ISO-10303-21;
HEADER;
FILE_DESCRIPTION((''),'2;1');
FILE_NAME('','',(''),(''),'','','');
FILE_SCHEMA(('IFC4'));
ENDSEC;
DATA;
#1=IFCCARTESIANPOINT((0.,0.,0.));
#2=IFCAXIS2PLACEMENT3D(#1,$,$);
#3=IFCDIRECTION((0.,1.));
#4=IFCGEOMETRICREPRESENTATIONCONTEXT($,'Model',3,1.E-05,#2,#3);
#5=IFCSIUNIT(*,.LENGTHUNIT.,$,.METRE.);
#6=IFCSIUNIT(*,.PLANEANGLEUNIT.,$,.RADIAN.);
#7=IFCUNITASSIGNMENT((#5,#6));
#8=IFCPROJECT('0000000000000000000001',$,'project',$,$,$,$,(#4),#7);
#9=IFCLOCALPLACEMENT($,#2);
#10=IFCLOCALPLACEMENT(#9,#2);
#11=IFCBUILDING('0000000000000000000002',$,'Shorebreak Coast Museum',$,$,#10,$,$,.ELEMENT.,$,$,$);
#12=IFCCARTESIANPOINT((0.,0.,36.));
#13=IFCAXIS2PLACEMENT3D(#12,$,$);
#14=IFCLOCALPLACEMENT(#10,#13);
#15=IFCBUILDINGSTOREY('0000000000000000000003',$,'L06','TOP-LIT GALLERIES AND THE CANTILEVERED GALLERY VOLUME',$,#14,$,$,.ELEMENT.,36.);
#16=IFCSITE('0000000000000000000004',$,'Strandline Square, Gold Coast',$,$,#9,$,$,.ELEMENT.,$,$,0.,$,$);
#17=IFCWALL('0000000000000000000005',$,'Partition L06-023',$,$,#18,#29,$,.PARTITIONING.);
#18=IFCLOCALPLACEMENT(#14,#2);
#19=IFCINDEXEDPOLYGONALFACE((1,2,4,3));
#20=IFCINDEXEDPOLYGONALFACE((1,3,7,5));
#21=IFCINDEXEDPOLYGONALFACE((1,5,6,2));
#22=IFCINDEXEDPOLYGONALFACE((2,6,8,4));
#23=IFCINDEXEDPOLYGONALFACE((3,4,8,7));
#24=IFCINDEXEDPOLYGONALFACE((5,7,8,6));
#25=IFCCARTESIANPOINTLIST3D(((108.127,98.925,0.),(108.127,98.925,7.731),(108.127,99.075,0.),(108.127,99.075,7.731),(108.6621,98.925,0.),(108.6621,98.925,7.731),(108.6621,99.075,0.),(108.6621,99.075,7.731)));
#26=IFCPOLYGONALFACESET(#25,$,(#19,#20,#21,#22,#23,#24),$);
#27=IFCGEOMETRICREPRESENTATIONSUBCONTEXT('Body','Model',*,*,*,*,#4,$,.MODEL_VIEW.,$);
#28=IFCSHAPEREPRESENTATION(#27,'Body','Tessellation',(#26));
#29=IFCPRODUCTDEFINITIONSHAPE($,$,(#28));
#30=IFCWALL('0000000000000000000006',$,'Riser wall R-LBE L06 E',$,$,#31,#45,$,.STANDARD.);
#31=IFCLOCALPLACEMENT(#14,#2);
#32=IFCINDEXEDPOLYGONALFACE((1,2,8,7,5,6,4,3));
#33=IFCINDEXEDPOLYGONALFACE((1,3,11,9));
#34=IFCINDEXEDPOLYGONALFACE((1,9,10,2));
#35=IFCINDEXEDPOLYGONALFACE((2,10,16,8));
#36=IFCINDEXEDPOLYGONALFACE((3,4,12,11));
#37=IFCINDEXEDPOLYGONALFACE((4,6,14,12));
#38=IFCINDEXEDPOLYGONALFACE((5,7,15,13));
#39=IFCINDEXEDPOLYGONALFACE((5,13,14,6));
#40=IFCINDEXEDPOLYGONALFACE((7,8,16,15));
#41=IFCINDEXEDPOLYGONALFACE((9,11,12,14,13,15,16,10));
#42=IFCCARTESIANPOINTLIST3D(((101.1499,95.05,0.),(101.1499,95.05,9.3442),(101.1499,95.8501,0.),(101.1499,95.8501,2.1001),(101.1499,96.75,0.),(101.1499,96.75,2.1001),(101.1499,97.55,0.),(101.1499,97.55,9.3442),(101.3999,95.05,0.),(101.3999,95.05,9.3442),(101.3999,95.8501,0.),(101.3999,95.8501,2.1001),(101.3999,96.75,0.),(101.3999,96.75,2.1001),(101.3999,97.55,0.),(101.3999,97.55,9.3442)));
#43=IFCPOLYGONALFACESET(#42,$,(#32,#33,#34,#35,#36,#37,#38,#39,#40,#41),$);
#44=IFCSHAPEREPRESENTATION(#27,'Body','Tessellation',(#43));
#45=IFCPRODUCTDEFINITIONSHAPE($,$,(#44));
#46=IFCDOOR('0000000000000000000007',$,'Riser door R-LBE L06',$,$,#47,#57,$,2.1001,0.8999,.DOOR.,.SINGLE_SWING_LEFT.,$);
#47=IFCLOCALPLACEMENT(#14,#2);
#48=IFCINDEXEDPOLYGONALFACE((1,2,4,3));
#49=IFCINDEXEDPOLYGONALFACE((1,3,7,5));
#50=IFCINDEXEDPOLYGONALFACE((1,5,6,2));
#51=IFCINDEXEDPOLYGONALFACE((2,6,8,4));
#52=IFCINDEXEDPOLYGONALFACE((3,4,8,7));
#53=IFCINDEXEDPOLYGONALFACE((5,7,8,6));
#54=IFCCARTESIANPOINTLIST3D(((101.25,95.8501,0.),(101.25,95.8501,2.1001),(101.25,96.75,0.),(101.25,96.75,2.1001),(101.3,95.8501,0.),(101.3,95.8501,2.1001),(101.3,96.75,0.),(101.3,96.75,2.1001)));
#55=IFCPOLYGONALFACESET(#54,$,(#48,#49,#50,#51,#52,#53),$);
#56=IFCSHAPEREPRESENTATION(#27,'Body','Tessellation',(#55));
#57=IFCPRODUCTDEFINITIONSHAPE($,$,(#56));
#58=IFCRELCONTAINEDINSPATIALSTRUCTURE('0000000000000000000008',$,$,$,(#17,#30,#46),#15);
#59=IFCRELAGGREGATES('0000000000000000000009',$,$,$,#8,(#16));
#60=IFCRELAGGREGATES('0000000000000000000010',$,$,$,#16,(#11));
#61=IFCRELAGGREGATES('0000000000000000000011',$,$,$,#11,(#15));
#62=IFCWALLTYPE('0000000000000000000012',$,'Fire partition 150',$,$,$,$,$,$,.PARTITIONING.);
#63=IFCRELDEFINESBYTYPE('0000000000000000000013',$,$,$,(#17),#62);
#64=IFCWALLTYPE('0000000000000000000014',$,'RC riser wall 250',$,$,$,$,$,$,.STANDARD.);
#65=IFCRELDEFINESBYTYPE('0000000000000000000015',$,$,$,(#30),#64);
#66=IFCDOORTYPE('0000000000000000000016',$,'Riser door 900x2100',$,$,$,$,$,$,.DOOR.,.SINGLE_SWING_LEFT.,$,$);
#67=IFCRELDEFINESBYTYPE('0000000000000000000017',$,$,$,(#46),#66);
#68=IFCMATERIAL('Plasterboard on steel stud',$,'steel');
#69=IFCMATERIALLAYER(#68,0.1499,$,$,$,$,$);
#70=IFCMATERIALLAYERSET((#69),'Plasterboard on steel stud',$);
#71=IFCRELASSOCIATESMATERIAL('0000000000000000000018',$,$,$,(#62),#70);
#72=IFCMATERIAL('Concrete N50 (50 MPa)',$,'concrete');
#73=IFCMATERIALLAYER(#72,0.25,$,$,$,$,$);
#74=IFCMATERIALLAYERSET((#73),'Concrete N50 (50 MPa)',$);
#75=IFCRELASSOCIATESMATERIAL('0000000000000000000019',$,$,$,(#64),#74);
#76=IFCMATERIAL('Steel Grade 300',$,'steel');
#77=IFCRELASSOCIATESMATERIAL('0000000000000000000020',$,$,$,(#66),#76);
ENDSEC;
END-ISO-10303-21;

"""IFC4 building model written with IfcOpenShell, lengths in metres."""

from ifc_helpers import new_model, si_unit, direction, frame, frame_2d, origin, place, context, subcontext, project, spatial, rectangle, extrude, material, layer, layer_set, type_object, element, fill, save


model = new_model("IFC4")

# Units and contexts
model_context = context("Model", 3, precision=1e-05, world=origin(), true_north=direction((0.0, 1.0)))
body_context = subcontext(model_context, "Body", "Model", "MODEL_VIEW")
ifc_project = project(units=[si_unit("LENGTHUNIT", "METRE"), si_unit("PLANEANGLEUNIT", "RADIAN")], contexts=[model_context])

# Site, building, storey
site_placement = place(None, origin())
site = spatial("IfcSite", under=ifc_project, at=site_placement, Name="Strandline Square, Gold Coast", CompositionType="ELEMENT", RefElevation=0.0)
building_placement = place(site_placement, origin())
building = spatial("IfcBuilding", under=site, at=building_placement, Name="Shorebreak Coast Museum", CompositionType="ELEMENT")
storey_placement = place(building_placement, frame((0.0, 0.0, 36.0)))
storey = spatial("IfcBuildingStorey", under=building, at=storey_placement, Name="L06", Description="TOP-LIT GALLERIES AND THE CANTILEVERED GALLERY VOLUME", CompositionType="ELEMENT", Elevation=36.0)

# Wall
ifc_material_1 = material(Name="Plasterboard on steel stud", Category="steel")
ifc_layer_1 = layer(ifc_material_1, 0.1499)
ifc_layer_set_1 = layer_set([ifc_layer_1], Name="Plasterboard on steel stud")
wall_type_1 = type_object("IfcWallType", Name="Fire partition 150", PredefinedType="PARTITIONING", material=ifc_layer_set_1)
wall_1_placement = place(storey_placement, frame((108.127, 99.0, 0.0), z_axis=(0.0, 0.0, 1.0), x_axis=(1.0, 0.0, 0.0)))
element("IfcWall", 1, at=wall_1_placement, inside=storey, type_object=wall_type_1, Name="Partition L06-023", PredefinedType="PARTITIONING", context=body_context, shape_type="SweptSolid", body=[
    extrude(rectangle(XDim=0.5352, YDim=0.1499, at=frame_2d((0.2676, 0.0))), origin(), (0.0, 0.0, 1.0), 7.731),
])

# Wall, opening, door
ifc_material_2 = material(Name="Concrete N50 (50 MPa)", Category="concrete")
ifc_layer_2 = layer(ifc_material_2, 0.25)
ifc_layer_set_2 = layer_set([ifc_layer_2], Name="Concrete N50 (50 MPa)")
wall_type_2 = type_object("IfcWallType", Name="RC riser wall 250", PredefinedType="STANDARD", material=ifc_layer_set_2)
wall_2_placement = place(storey_placement, frame((101.2749, 95.05, 0.0), z_axis=(0.0, 0.0, 1.0), x_axis=(0.0, 1.0, 0.0)))
wall_2 = element("IfcWall", 2, at=wall_2_placement, inside=storey, type_object=wall_type_2, Name="Riser wall R-LBE L06 E", PredefinedType="STANDARD", context=body_context, shape_type="SweptSolid", body=[
    extrude(rectangle(XDim=2.5, YDim=0.25, at=frame_2d((1.25, 0.0))), origin(), (0.0, 0.0, 1.0), 9.3442),
])
opening_placement = place(wall_2_placement, frame((0.8, 0.0, 0.0)))
opening = element("IfcOpeningElement", 3, at=opening_placement, cuts=wall_2, PredefinedType="OPENING", context=body_context, shape_type="SweptSolid", body=[
    extrude(rectangle(XDim=0.8999, YDim=2.1001, at=frame_2d((0.45, 1.05))), frame((0.0, 0.135, 0.0), z_axis=(0.0, -1.0, 0.0), x_axis=(1.0, 0.0, 0.0)), (0.0, 0.0, 1.0), 0.27),
])
ifc_material_3 = material(Name="Steel Grade 300", Category="steel")
door_type = type_object("IfcDoorType", Name="Riser door 900x2100", OperationType="SINGLE_SWING_LEFT", PredefinedType="DOOR", material=ifc_material_3)
door_placement = place(opening_placement, origin())
door = element("IfcDoor", 4, at=door_placement, inside=storey, type_object=door_type, Name="Riser door R-LBE L06", OperationType="SINGLE_SWING_LEFT", OverallHeight=2.1001, OverallWidth=0.8999, PredefinedType="DOOR", context=body_context, shape_type="SweptSolid", body=[
    extrude(rectangle(XDim=0.8999, YDim=2.1001, at=frame_2d((0.45, 1.05))), frame((0.0, 0.0249, 0.0), z_axis=(0.0, -1.0, 0.0), x_axis=(1.0, 0.0, 0.0)), (0.0, 0.0, 1.0), 0.05),
])
fill(opening, door)

save(model, "model.ifc")
